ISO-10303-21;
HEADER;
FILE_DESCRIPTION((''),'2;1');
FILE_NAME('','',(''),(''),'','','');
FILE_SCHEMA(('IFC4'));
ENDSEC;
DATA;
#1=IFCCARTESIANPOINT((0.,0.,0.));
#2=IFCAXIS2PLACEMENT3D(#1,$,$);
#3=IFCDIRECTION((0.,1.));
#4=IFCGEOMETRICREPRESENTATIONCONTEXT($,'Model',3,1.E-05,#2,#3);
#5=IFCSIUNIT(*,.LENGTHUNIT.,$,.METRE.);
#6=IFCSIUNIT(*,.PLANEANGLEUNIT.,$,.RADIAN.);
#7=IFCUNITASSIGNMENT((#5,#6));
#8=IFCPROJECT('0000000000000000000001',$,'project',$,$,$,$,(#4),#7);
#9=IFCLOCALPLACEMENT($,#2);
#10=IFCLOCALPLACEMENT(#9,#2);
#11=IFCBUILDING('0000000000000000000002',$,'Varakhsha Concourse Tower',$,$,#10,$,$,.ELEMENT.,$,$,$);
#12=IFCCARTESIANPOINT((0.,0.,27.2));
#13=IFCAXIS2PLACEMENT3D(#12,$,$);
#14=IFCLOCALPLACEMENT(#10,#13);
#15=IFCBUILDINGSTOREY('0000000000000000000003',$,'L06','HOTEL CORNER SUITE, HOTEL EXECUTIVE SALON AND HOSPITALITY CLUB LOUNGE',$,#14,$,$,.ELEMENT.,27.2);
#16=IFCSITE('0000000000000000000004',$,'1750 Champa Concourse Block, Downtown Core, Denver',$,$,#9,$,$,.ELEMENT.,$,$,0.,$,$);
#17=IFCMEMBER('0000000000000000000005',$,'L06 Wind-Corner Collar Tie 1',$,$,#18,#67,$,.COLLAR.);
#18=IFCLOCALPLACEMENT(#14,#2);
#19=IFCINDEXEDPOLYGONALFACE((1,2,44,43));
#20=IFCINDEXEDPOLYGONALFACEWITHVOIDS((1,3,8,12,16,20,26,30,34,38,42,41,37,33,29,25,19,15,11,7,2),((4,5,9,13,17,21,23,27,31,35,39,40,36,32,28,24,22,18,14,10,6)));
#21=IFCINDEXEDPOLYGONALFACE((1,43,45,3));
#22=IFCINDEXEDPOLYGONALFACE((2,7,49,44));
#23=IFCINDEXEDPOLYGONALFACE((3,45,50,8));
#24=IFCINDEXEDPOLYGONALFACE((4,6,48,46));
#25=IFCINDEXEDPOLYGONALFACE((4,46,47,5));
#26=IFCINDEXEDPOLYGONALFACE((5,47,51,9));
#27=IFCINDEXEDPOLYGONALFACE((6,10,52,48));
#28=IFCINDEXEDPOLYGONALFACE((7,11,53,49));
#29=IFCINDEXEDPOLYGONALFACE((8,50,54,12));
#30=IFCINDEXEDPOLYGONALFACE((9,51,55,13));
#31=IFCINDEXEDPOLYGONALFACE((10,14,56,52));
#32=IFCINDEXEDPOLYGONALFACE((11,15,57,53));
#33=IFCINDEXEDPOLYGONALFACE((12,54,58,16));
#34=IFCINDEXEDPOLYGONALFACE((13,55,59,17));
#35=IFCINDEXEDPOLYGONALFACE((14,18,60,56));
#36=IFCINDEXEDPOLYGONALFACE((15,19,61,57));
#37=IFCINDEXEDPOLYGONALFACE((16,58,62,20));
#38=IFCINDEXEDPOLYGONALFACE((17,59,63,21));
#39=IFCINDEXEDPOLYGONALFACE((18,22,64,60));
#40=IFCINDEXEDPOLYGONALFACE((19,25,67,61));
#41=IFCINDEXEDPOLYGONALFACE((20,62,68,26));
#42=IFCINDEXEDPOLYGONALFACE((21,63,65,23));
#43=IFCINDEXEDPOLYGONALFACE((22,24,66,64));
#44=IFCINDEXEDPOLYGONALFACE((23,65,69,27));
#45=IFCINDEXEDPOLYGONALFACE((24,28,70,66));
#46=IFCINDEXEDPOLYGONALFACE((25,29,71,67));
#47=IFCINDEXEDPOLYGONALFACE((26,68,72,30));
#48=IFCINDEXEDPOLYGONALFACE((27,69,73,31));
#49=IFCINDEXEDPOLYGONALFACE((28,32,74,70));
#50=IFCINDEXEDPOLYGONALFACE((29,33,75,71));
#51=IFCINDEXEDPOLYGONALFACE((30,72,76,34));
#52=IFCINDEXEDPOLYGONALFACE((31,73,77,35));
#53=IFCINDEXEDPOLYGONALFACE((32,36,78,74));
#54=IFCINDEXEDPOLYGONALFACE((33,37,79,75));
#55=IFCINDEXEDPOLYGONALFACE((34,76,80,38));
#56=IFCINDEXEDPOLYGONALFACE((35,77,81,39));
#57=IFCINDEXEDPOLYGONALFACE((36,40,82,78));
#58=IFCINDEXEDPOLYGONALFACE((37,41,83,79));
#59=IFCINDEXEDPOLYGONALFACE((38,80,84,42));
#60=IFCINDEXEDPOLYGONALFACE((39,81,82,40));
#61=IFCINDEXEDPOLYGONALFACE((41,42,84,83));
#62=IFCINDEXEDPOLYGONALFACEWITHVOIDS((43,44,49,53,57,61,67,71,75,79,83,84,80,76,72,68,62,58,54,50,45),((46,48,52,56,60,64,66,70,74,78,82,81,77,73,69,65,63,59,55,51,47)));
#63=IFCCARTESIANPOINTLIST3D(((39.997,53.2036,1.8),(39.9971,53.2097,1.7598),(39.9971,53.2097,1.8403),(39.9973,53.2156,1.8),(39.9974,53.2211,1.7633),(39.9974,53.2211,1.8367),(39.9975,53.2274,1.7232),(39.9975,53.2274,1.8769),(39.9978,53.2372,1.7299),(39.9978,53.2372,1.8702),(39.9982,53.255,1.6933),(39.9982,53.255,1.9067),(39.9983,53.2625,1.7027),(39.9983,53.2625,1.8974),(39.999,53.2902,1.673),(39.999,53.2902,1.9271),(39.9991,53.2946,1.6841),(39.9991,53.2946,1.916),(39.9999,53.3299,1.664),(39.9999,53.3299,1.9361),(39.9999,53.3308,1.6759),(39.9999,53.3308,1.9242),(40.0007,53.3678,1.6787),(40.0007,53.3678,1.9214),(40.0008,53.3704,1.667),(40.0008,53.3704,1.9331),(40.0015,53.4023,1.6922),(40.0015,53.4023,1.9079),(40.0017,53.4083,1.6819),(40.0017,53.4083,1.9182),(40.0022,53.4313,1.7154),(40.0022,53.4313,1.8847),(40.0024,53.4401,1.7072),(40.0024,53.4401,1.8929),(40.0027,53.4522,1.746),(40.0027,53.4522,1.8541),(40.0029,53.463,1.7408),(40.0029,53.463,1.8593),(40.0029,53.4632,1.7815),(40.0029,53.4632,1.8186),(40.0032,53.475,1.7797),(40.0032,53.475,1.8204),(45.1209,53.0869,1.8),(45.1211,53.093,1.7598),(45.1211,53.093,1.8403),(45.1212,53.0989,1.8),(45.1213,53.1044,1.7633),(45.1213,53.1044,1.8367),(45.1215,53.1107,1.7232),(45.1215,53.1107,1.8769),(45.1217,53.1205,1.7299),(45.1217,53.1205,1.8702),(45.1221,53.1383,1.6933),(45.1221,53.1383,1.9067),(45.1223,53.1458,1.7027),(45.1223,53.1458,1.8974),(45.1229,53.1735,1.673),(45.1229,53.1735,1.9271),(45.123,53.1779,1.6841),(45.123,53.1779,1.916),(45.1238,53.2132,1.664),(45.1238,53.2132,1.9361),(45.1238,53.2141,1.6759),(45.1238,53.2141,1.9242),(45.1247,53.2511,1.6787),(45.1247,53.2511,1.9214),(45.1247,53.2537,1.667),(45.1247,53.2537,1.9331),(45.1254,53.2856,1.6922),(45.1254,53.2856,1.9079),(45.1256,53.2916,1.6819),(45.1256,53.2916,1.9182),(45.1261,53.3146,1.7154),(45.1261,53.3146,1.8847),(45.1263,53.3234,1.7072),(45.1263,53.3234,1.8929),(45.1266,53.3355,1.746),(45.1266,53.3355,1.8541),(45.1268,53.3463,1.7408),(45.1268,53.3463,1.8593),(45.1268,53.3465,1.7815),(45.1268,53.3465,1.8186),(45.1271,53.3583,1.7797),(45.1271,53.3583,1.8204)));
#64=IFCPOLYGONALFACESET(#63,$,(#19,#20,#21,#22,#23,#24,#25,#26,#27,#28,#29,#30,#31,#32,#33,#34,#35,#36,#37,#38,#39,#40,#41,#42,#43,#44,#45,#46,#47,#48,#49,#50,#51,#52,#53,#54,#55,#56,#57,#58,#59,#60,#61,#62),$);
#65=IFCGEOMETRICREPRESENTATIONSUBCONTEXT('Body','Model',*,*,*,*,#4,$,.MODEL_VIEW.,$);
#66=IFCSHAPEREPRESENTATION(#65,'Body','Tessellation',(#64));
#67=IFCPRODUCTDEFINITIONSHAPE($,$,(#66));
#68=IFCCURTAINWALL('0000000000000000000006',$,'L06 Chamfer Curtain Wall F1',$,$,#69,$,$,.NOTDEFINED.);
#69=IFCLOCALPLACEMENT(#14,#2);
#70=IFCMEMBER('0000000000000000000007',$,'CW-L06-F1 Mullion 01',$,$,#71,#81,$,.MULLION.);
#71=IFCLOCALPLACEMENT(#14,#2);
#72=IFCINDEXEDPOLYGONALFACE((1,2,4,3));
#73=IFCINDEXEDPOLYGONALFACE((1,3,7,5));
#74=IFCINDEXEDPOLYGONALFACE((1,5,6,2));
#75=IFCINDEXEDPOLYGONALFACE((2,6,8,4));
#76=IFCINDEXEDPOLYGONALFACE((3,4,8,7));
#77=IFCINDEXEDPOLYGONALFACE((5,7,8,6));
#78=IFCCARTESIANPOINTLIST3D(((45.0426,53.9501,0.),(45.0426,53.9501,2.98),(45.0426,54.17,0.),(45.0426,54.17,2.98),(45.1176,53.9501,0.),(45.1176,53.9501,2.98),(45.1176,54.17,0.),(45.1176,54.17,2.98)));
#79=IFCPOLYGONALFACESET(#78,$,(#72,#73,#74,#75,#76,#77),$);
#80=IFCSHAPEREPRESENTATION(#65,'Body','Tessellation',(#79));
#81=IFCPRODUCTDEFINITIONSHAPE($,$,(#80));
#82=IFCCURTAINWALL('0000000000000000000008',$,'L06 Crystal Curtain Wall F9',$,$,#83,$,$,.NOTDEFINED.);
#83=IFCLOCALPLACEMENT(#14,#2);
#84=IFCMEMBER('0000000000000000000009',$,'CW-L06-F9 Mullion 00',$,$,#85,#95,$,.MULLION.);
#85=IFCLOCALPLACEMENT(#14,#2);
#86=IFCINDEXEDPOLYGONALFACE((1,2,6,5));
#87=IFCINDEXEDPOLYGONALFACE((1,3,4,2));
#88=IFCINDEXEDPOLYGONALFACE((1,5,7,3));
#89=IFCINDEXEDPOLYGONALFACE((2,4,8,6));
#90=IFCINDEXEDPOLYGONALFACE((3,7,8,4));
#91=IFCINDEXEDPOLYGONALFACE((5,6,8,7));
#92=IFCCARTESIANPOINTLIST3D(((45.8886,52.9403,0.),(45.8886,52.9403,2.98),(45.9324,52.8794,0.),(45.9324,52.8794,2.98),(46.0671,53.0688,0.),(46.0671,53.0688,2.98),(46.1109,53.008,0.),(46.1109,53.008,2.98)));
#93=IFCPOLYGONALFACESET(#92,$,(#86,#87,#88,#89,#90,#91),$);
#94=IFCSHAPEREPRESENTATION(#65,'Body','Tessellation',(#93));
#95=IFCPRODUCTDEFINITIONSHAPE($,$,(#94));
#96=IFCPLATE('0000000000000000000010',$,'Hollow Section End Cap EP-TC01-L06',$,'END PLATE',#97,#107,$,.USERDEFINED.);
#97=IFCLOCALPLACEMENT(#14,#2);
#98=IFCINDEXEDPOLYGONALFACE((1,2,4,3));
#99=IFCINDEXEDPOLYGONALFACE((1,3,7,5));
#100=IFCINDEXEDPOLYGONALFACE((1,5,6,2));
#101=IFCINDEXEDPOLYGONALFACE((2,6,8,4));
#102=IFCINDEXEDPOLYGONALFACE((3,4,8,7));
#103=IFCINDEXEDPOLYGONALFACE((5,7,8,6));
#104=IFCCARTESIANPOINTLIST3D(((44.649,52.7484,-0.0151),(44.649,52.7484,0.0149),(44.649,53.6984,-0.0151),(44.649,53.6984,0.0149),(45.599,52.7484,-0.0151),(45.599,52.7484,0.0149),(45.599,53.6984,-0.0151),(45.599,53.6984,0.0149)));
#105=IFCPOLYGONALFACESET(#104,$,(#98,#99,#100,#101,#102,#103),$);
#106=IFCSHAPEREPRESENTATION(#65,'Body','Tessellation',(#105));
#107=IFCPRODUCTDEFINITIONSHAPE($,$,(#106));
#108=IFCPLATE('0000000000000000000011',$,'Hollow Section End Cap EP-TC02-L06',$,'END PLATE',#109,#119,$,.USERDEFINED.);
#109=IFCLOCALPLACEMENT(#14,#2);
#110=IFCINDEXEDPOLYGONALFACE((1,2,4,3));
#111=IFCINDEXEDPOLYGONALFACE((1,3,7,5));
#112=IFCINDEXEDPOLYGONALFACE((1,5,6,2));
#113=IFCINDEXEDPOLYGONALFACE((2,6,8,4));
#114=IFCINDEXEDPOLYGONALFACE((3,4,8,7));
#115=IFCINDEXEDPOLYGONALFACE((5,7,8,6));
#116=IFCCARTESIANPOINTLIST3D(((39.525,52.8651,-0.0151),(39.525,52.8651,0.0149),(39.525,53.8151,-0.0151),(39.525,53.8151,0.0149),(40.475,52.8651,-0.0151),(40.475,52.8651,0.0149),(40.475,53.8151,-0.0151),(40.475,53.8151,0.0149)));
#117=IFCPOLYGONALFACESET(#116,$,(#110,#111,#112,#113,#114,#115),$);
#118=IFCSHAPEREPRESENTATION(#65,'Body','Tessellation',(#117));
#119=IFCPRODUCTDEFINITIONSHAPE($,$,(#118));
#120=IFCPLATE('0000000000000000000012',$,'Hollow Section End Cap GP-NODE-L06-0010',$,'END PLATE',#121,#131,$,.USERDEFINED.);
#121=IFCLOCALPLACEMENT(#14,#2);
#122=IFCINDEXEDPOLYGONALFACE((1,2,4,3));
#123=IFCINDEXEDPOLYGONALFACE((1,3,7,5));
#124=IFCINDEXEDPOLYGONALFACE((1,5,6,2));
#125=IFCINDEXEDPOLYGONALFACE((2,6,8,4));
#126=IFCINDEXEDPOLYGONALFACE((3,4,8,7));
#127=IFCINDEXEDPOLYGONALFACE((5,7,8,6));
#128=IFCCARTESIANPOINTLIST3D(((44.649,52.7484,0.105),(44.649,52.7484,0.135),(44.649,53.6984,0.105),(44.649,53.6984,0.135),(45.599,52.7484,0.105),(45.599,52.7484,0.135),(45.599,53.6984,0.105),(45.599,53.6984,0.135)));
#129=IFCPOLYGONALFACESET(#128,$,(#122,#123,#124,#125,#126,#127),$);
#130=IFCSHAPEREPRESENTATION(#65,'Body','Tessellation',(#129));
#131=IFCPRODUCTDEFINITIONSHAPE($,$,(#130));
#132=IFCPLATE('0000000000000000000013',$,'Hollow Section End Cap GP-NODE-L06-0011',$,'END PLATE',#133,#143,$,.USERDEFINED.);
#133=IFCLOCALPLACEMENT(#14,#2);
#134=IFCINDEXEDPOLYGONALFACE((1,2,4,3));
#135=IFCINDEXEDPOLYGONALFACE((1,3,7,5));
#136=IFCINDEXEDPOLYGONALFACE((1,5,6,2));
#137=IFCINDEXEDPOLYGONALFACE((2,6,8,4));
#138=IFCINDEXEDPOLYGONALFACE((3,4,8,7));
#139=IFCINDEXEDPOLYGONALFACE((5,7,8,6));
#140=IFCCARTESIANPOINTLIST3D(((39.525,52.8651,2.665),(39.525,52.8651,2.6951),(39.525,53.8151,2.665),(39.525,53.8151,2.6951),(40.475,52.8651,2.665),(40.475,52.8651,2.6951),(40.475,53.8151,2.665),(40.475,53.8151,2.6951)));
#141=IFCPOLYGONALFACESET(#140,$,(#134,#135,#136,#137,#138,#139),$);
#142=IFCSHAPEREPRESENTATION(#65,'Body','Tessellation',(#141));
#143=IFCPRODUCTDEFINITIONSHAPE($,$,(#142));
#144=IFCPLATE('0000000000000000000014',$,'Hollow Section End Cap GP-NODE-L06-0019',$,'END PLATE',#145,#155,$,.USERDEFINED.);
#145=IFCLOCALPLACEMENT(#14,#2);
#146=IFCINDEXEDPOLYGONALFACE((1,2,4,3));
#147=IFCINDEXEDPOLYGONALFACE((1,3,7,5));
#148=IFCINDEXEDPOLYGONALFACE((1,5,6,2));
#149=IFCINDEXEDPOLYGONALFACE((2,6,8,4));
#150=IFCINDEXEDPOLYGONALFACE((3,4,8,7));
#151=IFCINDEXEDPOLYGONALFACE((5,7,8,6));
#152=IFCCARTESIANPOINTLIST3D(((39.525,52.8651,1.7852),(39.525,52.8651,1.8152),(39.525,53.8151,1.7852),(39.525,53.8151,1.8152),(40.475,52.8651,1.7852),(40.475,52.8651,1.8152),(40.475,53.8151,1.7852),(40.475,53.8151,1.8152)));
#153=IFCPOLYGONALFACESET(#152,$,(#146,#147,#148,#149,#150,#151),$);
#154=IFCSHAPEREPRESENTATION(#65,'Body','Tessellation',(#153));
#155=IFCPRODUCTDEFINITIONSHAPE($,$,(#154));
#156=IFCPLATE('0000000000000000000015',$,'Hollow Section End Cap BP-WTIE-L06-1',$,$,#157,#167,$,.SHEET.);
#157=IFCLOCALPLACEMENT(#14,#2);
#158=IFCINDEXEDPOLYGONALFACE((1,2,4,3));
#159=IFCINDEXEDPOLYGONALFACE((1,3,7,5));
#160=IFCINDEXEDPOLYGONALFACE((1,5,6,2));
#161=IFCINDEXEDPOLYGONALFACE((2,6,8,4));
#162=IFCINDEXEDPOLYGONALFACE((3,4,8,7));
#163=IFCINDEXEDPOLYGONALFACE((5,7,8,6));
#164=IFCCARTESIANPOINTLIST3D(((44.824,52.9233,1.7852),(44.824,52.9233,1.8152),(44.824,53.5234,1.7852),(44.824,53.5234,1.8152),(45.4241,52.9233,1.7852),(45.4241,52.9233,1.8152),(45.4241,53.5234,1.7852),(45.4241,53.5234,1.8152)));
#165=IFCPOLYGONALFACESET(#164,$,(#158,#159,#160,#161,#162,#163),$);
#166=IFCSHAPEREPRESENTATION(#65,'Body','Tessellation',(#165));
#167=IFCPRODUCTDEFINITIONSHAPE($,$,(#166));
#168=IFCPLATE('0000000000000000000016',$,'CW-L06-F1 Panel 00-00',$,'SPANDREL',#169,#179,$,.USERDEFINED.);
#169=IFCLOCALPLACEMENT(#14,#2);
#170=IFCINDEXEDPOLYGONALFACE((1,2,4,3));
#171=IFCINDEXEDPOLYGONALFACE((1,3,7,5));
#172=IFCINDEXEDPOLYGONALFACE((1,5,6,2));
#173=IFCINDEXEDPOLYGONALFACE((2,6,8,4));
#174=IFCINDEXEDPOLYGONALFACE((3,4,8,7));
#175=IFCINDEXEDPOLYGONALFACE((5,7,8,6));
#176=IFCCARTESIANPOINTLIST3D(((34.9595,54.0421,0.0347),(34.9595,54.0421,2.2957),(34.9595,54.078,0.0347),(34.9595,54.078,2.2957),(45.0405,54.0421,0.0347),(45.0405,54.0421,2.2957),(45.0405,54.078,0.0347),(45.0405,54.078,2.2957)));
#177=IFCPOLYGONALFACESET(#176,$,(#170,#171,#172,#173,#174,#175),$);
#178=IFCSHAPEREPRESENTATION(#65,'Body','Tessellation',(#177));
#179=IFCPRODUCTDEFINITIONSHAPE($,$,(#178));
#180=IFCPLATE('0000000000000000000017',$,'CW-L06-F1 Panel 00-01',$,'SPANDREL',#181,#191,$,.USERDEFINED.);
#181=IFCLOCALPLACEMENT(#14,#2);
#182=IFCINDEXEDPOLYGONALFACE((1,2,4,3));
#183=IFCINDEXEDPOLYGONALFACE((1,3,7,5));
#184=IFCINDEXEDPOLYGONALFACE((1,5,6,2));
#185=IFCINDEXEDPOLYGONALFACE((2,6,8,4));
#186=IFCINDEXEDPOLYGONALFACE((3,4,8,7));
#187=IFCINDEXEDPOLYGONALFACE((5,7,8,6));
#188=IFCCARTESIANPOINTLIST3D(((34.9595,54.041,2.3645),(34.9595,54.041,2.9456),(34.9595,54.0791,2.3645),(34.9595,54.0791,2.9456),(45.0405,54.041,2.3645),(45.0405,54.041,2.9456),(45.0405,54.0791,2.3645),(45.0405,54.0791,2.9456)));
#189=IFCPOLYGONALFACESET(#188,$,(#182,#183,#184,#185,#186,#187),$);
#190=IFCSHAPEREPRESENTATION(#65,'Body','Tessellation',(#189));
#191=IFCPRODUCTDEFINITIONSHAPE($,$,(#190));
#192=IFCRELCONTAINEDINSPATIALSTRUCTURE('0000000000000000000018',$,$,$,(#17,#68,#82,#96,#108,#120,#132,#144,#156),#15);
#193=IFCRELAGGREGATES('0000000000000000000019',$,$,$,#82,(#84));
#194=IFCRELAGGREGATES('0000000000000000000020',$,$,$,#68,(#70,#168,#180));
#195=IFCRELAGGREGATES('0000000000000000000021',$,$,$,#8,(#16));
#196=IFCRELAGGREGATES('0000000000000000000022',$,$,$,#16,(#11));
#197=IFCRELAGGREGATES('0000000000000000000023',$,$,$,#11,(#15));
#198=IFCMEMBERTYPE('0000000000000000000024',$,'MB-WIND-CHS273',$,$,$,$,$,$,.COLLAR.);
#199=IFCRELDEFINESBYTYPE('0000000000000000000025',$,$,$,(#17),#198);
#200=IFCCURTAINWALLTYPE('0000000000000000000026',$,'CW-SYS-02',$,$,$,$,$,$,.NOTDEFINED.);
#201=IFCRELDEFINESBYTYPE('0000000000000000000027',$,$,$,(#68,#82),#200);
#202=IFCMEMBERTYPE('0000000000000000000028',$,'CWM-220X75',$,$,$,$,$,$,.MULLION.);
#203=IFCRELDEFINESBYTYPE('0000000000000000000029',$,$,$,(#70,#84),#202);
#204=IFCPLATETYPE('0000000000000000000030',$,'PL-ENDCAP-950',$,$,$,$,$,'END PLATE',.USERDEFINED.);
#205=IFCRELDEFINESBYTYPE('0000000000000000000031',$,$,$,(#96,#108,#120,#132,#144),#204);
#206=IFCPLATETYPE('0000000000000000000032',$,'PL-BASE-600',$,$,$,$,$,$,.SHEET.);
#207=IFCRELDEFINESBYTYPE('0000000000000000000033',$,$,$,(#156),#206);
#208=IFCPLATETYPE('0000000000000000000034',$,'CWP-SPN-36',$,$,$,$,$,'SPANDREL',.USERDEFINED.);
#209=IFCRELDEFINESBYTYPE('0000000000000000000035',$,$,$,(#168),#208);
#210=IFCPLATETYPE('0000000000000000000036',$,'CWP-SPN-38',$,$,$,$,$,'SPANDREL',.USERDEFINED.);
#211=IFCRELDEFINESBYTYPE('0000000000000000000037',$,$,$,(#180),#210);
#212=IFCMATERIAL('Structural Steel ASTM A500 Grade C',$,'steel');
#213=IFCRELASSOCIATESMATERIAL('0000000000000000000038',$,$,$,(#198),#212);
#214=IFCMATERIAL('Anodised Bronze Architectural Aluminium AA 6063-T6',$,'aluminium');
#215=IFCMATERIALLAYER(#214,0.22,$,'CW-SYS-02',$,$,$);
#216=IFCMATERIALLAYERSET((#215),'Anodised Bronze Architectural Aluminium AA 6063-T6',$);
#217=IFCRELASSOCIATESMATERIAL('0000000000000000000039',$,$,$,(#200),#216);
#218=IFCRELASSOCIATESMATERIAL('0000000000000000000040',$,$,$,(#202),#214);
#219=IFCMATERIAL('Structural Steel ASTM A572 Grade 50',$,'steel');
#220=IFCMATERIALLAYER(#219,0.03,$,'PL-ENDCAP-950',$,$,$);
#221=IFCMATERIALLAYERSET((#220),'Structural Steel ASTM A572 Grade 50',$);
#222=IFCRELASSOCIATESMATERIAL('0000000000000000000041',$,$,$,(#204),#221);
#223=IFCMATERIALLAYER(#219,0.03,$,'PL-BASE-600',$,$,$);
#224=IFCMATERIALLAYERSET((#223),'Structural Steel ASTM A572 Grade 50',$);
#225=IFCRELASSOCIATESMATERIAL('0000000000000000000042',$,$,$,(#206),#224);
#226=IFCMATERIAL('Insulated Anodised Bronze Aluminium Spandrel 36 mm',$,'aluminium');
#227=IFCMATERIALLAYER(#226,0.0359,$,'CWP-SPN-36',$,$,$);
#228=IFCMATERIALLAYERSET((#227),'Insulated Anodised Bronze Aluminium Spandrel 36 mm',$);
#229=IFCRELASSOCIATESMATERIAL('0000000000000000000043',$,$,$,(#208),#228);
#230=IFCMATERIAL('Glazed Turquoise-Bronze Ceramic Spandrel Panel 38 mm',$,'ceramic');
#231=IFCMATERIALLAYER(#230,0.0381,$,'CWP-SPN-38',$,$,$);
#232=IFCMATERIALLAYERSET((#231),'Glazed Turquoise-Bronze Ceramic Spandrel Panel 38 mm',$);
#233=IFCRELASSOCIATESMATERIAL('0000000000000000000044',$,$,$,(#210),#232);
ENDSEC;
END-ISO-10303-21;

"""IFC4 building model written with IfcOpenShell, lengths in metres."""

from ifc_helpers import new_model, si_unit, direction, frame, origin, origin_2d, place, context, subcontext, project, spatial, rectangle, hollow_circle, extrude, source, transform, mapped, material, layer, layer_set, material_profile, profile_set, type_object, type_shapes, element, aggregate, save


model = new_model("IFC4")

# Units and contexts
model_context = context("Model", 3, precision=1e-05, world=origin(), true_north=direction((0.0, 1.0)))
body_context = subcontext(model_context, "Body", "Model", "MODEL_VIEW")
ifc_project = project(units=[si_unit("LENGTHUNIT", "METRE"), si_unit("PLANEANGLEUNIT", "RADIAN")], contexts=[model_context])

# Site, building, storey
site_placement = place(None, origin())
site = spatial("IfcSite", under=ifc_project, at=site_placement, Name="1750 Champa Concourse Block, Downtown Core, Denver", CompositionType="ELEMENT", RefElevation=0.0)
building_placement = place(site_placement, origin())
building = spatial("IfcBuilding", under=site, at=building_placement, Name="Varakhsha Concourse Tower", CompositionType="ELEMENT")
storey_placement = place(building_placement, frame((0.0, 0.0, 27.2)))
storey = spatial("IfcBuildingStorey", under=building, at=storey_placement, Name="L06", Description="HOTEL CORNER SUITE, HOTEL EXECUTIVE SALON AND HOSPITALITY CLUB LOUNGE", CompositionType="ELEMENT", Elevation=27.2)

# Shared definitions
ifc_material_1 = material(Name="Structural Steel ASTM A572 Grade 50", Category="steel")

# Member
ifc_material_2 = material(Name="Structural Steel ASTM A500 Grade C", Category="steel")
ifc_material_profile_1 = material_profile(ifc_material_2, hollow_circle(Radius=0.1365, WallThickness=0.012, at=origin_2d()), Name="CHS 273x12")
ifc_profile_set_1 = profile_set([ifc_material_profile_1], Name="Structural Steel ASTM A500 Grade C")
member_type_1 = type_object("IfcMemberType", Name="MB-WIND-CHS273", PredefinedType="COLLAR", material=ifc_profile_set_1)
shared_shape_1 = source(origin(), body_context, "Body", "SweptSolid", [
    extrude(hollow_circle(Radius=0.1365, WallThickness=0.012, at=origin_2d()), origin(), (0.0, 0.0, 1.0), 5.1252),
])
type_shapes(member_type_1, [shared_shape_1])
member_1_placement = place(storey_placement, frame((45.124, 53.2234, 1.8), z_axis=(-0.999741, 0.022769, 0.0), x_axis=(-0.022769, -0.999741, 0.0)))
element("IfcMember", 1, at=member_1_placement, inside=storey, type_object=member_type_1, Name="L06 Wind-Corner Collar Tie 1", PredefinedType="COLLAR", context=body_context, shape_type="MappedRepresentation", body=[
    mapped(shared_shape_1, transform((0.0, 0.0, 0.0), scale=1.0)),
])

# Curtain walls, members
ifc_material_3 = material(Name="Anodised Bronze Architectural Aluminium AA 6063-T6", Category="aluminium")
ifc_layer_1 = layer(ifc_material_3, 0.22, Name="CW-SYS-02")
ifc_layer_set_1 = layer_set([ifc_layer_1], Name="Anodised Bronze Architectural Aluminium AA 6063-T6")
curtain_wall_type = type_object("IfcCurtainWallType", Name="CW-SYS-02", PredefinedType="NOTDEFINED", material=ifc_layer_set_1)
curtain_wall_1_placement = place(storey_placement, origin())
curtain_wall_1 = element("IfcCurtainWall", 2, at=curtain_wall_1_placement, inside=storey, type_object=curtain_wall_type, Name="L06 Chamfer Curtain Wall F1", PredefinedType="NOTDEFINED")
ifc_material_profile_2 = material_profile(ifc_material_3, rectangle(XDim=0.075, YDim=0.22, at=origin_2d()), Name="CWM-220X75")
ifc_profile_set_2 = profile_set([ifc_material_profile_2], Name="Anodised Bronze Architectural Aluminium AA 6063-T6")
member_type_2 = type_object("IfcMemberType", Name="CWM-220X75", PredefinedType="MULLION", material=ifc_profile_set_2)
shared_shape_2 = source(origin(), body_context, "Body", "SweptSolid", [
    extrude(rectangle(XDim=0.075, YDim=0.22, at=origin_2d()), origin(), (0.0, 0.0, 1.0), 2.98),
])
type_shapes(member_type_2, [shared_shape_2])
member_2_placement = place(storey_placement, frame((45.0801, 54.0601, 0.0), z_axis=(0.0, 0.0, 1.0), x_axis=(1.0, 0.0, 0.0)))
member_2 = element("IfcMember", 3, at=member_2_placement, type_object=member_type_2, Name="CW-L06-F1 Mullion 01", PredefinedType="MULLION", context=body_context, shape_type="MappedRepresentation", body=[
    mapped(shared_shape_2, transform((0.0, 0.0, 0.0), scale=1.0)),
])
curtain_wall_2_placement = place(storey_placement, origin())
curtain_wall_2 = element("IfcCurtainWall", 4, at=curtain_wall_2_placement, inside=storey, type_object=curtain_wall_type, Name="L06 Crystal Curtain Wall F9", PredefinedType="NOTDEFINED")
member_3_placement = place(storey_placement, frame((45.9998, 52.9741, 0.0), z_axis=(0.0, 0.0, 1.0), x_axis=(0.584284, -0.81155, 0.0)))
member_3 = element("IfcMember", 5, at=member_3_placement, type_object=member_type_2, Name="CW-L06-F9 Mullion 00", PredefinedType="MULLION", context=body_context, shape_type="MappedRepresentation", body=[
    mapped(shared_shape_2, transform((0.0, 0.0, 0.0), scale=1.0)),
])
aggregate(curtain_wall_2, [member_3])

# Plates
ifc_layer_2 = layer(ifc_material_1, 0.03, Name="PL-ENDCAP-950")
ifc_layer_set_2 = layer_set([ifc_layer_2], Name="Structural Steel ASTM A572 Grade 50")
plate_type_1 = type_object("IfcPlateType", Name="PL-ENDCAP-950", ElementType="END PLATE", PredefinedType="USERDEFINED", material=ifc_layer_set_2)
shared_shape_3 = source(origin(), body_context, "Body", "SweptSolid", [
    extrude(rectangle(XDim=0.95, YDim=0.95, at=origin_2d()), origin(), (0.0, 0.0, 1.0), 0.03),
])
type_shapes(plate_type_1, [shared_shape_3])
for number, where, z_axis, x_axis, name in (
    (6, (45.124, 53.2234, -0.0151), (0.0, 0.0, 1.0), (1.0, 0.0, 0.0), "Hollow Section End Cap EP-TC01-L06"),
    (7, (40.0, 53.3401, -0.0151), (0.0, 0.0, 1.0), (1.0, 0.0, 0.0), "Hollow Section End Cap EP-TC02-L06"),
    (8, (45.124, 53.2234, 0.105), (0.0, 0.0, 1.0), (1.0, 0.0, 0.0), "Hollow Section End Cap GP-NODE-L06-0010"),
    (9, (40.0, 53.3401, 2.665), (0.0, 0.0, 1.0), (1.0, 0.0, 0.0), "Hollow Section End Cap GP-NODE-L06-0011"),
    (10, (40.0, 53.3401, 1.7852), (0.0, 0.0, 1.0), (1.0, 0.0, 0.0), "Hollow Section End Cap GP-NODE-L06-0019"),
):
    element("IfcPlate", number, at=place(storey_placement, frame(where, z_axis=z_axis, x_axis=x_axis)), inside=storey, type_object=plate_type_1, Name=name, ObjectType="END PLATE", PredefinedType="USERDEFINED", context=body_context, shape_type="MappedRepresentation", body=[
        mapped(shared_shape_3, transform((0.0, 0.0, 0.0), scale=1.0)),
    ])
ifc_layer_3 = layer(ifc_material_1, 0.03, Name="PL-BASE-600")
ifc_layer_set_3 = layer_set([ifc_layer_3], Name="Structural Steel ASTM A572 Grade 50")
plate_type_2 = type_object("IfcPlateType", Name="PL-BASE-600", PredefinedType="SHEET", material=ifc_layer_set_3)
shared_shape_4 = source(origin(), body_context, "Body", "SweptSolid", [
    extrude(rectangle(XDim=0.6001, YDim=0.6001, at=origin_2d()), origin(), (0.0, 0.0, 1.0), 0.03),
])
type_shapes(plate_type_2, [shared_shape_4])
plate_1_placement = place(storey_placement, frame((45.124, 53.2234, 1.7852), z_axis=(0.0, 0.0, 1.0), x_axis=(1.0, 0.0, 0.0)))
element("IfcPlate", 11, at=plate_1_placement, inside=storey, type_object=plate_type_2, Name="Hollow Section End Cap BP-WTIE-L06-1", PredefinedType="SHEET", context=body_context, shape_type="MappedRepresentation", body=[
    mapped(shared_shape_4, transform((0.0, 0.0, 0.0), scale=1.0)),
])

# Plates
ifc_material_4 = material(Name="Insulated Anodised Bronze Aluminium Spandrel 36 mm", Category="aluminium")
ifc_layer_4 = layer(ifc_material_4, 0.0359, Name="CWP-SPN-36")
ifc_layer_set_4 = layer_set([ifc_layer_4], Name="Insulated Anodised Bronze Aluminium Spandrel 36 mm")
plate_type_3 = type_object("IfcPlateType", Name="CWP-SPN-36", ElementType="SPANDREL", PredefinedType="USERDEFINED", material=ifc_layer_set_4)
shared_shape_5 = source(origin(), body_context, "Body", "SweptSolid", [
    extrude(rectangle(XDim=10.0811, YDim=0.0359, at=origin_2d()), origin(), (0.0, 0.0, 1.0), 2.261),
])
type_shapes(plate_type_3, [shared_shape_5])
plate_2_placement = place(storey_placement, frame((40.0, 54.0601, 0.0347), z_axis=(0.0, 0.0, 1.0), x_axis=(1.0, 0.0, 0.0)))
plate_2 = element("IfcPlate", 12, at=plate_2_placement, type_object=plate_type_3, Name="CW-L06-F1 Panel 00-00", ObjectType="SPANDREL", PredefinedType="USERDEFINED", context=body_context, shape_type="MappedRepresentation", body=[
    mapped(shared_shape_5, transform((0.0, 0.0, 0.0), scale=1.0)),
])
ifc_material_5 = material(Name="Glazed Turquoise-Bronze Ceramic Spandrel Panel 38 mm", Category="ceramic")
ifc_layer_5 = layer(ifc_material_5, 0.0381, Name="CWP-SPN-38")
ifc_layer_set_5 = layer_set([ifc_layer_5], Name="Glazed Turquoise-Bronze Ceramic Spandrel Panel 38 mm")
plate_type_4 = type_object("IfcPlateType", Name="CWP-SPN-38", ElementType="SPANDREL", PredefinedType="USERDEFINED", material=ifc_layer_set_5)
shared_shape_6 = source(origin(), body_context, "Body", "SweptSolid", [
    extrude(rectangle(XDim=10.0811, YDim=0.0381, at=origin_2d()), origin(), (0.0, 0.0, 1.0), 0.5811),
])
type_shapes(plate_type_4, [shared_shape_6])
plate_3_placement = place(storey_placement, frame((40.0, 54.0601, 2.3645), z_axis=(0.0, 0.0, 1.0), x_axis=(1.0, 0.0, 0.0)))
plate_3 = element("IfcPlate", 13, at=plate_3_placement, type_object=plate_type_4, Name="CW-L06-F1 Panel 00-01", ObjectType="SPANDREL", PredefinedType="USERDEFINED", context=body_context, shape_type="MappedRepresentation", body=[
    mapped(shared_shape_6, transform((0.0, 0.0, 0.0), scale=1.0)),
])
aggregate(curtain_wall_1, [member_2, plate_2, plate_3])

save(model, "model.ifc")
